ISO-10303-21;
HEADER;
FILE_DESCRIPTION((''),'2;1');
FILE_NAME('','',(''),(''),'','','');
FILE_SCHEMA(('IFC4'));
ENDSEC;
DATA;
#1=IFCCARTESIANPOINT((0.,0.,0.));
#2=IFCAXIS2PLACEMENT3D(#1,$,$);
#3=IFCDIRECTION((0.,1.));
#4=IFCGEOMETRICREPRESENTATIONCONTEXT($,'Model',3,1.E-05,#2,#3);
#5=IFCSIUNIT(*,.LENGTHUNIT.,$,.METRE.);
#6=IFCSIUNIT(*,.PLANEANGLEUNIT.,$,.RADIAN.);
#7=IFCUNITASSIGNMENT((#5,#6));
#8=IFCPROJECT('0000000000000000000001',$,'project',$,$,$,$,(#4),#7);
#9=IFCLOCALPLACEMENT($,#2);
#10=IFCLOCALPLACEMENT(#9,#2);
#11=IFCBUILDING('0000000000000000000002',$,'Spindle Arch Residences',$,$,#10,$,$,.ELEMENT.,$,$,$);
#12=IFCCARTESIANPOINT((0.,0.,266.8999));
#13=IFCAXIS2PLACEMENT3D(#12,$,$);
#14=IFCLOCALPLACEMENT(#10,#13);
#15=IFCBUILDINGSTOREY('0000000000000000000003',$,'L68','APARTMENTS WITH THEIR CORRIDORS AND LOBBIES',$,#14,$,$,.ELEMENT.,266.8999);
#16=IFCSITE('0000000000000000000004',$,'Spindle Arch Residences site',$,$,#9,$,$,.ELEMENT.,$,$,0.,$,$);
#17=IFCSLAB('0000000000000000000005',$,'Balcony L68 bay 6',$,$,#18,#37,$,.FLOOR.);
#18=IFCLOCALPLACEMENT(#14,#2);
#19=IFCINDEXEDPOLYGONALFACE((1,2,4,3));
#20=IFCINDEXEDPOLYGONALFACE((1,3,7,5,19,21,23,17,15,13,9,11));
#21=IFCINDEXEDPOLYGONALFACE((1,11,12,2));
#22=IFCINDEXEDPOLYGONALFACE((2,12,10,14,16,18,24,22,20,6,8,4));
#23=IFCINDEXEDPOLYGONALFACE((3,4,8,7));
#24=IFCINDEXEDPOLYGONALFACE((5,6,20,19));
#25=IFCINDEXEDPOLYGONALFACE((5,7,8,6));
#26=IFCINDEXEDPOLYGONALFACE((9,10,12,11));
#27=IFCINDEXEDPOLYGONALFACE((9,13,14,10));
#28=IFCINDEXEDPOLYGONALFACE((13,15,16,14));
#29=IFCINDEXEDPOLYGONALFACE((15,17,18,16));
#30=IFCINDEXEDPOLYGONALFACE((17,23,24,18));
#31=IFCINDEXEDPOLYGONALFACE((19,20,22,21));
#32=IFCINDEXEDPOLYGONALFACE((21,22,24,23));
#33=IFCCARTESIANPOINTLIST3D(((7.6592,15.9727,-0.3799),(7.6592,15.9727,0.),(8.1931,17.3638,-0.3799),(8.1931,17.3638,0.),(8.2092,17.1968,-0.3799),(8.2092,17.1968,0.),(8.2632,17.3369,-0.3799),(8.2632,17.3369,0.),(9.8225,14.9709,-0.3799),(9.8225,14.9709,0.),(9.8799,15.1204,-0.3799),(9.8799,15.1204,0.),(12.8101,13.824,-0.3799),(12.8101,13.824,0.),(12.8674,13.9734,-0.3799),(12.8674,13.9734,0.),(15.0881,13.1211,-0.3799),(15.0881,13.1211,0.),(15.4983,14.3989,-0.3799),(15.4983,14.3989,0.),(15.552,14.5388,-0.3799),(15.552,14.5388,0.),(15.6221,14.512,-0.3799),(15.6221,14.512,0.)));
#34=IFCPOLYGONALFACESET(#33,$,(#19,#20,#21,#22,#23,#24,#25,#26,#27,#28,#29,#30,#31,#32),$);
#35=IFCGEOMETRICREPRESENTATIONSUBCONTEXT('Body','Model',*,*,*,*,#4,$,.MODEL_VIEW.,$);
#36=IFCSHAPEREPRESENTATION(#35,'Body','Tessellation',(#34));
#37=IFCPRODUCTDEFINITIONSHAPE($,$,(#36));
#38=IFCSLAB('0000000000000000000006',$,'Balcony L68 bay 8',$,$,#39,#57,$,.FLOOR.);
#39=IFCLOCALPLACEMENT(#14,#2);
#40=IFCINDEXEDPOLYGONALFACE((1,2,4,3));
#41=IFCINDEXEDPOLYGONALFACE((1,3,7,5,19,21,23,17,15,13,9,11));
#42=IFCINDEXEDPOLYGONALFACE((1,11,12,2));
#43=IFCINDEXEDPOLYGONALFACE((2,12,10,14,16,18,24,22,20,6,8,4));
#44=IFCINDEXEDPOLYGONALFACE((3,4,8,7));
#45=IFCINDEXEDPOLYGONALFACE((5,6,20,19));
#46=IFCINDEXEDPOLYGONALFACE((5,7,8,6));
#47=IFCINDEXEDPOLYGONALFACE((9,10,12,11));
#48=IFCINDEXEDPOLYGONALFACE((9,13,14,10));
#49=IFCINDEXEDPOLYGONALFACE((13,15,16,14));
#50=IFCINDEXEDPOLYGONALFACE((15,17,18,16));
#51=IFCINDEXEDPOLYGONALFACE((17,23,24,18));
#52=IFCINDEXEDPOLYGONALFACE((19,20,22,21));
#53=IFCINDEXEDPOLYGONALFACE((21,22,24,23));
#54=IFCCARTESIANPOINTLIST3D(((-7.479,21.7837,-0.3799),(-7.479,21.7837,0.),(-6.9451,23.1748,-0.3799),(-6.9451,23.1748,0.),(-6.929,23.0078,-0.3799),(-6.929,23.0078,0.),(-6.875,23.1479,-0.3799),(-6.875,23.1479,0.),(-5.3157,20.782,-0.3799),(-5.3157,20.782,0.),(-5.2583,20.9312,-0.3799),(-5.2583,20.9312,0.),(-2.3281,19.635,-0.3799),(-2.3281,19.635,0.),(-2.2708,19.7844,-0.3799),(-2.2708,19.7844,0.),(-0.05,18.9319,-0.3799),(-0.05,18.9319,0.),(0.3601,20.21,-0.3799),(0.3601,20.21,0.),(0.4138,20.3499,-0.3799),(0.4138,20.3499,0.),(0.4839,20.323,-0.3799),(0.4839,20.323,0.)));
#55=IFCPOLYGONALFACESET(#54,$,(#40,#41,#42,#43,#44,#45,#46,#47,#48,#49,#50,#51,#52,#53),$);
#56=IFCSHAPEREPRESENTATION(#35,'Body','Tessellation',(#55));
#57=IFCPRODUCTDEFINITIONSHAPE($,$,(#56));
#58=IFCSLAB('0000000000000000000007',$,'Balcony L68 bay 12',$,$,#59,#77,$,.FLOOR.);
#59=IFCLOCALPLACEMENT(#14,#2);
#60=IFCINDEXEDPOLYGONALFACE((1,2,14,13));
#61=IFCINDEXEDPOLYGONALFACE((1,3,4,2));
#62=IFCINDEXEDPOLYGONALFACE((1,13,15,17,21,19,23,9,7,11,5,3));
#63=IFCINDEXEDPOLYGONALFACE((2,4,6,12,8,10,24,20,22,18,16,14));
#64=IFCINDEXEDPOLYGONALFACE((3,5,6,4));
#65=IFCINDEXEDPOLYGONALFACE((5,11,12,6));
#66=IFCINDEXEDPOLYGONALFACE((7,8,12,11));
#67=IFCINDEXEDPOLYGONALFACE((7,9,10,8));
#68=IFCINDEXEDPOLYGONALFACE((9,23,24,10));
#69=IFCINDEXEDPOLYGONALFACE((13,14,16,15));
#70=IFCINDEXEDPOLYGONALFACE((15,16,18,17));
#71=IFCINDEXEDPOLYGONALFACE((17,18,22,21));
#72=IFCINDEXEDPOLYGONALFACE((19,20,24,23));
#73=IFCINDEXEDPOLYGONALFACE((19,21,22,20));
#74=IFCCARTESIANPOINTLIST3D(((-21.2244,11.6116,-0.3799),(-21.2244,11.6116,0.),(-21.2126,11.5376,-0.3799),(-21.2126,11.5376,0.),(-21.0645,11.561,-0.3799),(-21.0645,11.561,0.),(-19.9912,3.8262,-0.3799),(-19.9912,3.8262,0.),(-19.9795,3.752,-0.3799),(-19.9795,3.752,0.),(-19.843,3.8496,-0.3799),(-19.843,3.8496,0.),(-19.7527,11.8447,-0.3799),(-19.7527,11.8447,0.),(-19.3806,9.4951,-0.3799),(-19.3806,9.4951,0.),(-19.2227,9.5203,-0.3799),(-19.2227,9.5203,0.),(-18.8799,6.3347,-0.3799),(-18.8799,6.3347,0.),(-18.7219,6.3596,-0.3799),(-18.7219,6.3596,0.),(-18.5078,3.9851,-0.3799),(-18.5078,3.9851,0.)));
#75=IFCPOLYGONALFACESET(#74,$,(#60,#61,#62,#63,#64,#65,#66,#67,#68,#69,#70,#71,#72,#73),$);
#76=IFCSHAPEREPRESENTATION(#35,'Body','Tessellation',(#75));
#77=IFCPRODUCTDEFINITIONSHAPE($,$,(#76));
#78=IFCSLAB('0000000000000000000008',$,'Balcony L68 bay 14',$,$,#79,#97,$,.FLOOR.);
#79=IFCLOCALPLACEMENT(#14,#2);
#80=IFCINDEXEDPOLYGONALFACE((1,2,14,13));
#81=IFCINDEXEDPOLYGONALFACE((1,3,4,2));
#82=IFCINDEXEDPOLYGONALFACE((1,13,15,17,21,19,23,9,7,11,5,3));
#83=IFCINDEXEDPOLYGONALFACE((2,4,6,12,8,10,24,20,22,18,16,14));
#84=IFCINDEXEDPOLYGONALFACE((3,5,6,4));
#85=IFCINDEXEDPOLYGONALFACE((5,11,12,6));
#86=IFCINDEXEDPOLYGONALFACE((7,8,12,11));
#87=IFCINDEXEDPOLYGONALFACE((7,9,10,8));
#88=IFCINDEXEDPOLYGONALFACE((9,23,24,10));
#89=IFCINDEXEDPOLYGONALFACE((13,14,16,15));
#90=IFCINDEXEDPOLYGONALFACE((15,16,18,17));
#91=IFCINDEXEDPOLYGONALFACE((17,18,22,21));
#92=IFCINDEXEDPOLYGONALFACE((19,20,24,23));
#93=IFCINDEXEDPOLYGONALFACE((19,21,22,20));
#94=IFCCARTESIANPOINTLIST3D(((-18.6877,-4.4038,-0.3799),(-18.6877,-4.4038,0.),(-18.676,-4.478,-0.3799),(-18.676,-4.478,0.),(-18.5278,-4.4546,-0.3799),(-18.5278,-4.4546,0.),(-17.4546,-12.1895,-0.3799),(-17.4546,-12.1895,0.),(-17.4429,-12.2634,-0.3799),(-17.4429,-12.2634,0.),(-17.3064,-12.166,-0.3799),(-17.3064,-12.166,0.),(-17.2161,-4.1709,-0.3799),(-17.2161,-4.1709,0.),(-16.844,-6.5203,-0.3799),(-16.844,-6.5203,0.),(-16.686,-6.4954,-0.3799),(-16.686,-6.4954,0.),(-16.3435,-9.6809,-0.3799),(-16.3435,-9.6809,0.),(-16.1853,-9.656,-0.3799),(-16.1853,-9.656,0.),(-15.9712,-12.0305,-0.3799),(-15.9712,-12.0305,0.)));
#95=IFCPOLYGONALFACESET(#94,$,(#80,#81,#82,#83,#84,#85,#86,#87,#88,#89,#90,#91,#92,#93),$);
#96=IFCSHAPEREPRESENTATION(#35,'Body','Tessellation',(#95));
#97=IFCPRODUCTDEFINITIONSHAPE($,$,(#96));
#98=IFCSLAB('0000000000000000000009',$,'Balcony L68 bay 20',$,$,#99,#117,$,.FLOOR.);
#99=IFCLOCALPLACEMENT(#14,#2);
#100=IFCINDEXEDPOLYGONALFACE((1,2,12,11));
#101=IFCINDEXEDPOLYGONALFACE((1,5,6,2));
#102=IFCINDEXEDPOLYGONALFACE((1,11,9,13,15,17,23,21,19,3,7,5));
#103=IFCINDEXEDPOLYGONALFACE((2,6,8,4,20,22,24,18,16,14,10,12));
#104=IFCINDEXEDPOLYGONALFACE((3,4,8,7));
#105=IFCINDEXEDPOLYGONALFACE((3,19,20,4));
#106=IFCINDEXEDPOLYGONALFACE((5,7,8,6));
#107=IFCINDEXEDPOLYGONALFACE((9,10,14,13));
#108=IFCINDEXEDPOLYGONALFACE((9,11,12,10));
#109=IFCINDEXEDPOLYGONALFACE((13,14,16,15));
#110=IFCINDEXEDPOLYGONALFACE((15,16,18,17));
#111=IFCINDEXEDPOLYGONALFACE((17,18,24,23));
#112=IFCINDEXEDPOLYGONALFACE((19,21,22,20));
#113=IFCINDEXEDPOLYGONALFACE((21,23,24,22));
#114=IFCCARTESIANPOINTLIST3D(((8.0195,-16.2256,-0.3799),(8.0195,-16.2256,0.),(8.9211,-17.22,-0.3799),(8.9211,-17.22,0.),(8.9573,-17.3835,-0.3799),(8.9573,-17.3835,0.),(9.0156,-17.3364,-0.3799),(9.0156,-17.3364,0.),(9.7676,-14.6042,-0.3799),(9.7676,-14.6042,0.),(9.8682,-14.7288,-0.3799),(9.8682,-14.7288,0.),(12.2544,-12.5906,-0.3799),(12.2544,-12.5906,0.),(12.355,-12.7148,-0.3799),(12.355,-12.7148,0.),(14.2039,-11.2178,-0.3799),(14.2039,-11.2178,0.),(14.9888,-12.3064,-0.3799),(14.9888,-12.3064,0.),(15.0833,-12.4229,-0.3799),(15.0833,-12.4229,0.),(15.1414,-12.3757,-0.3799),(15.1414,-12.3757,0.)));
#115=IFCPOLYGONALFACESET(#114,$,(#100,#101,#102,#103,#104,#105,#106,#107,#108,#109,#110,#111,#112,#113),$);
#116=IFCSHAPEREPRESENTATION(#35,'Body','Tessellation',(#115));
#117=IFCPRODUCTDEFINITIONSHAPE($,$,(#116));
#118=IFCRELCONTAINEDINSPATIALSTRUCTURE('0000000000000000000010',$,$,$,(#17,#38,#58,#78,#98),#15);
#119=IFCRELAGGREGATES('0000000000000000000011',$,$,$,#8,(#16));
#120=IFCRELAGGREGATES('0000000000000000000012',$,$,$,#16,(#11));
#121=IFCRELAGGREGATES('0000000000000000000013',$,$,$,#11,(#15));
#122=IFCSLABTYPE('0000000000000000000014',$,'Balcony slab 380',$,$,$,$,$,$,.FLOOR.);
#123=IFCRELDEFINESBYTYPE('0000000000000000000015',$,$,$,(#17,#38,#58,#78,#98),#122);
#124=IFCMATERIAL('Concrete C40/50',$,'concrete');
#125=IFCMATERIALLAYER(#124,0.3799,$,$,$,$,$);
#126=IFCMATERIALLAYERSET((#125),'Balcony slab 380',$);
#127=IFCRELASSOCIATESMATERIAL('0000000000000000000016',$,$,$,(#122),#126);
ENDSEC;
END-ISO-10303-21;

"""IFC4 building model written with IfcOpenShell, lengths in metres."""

from ifc_helpers import new_model, si_unit, direction, frame, origin, place, context, subcontext, project, spatial, polyline, outline, extrude, material, layer, layer_set, type_object, element, save


model = new_model("IFC4")

# Units and contexts
model_context = context("Model", 3, precision=1e-05, world=origin(), true_north=direction((0.0, 1.0)))
body_context = subcontext(model_context, "Body", "Model", "MODEL_VIEW")
ifc_project = project(units=[si_unit("LENGTHUNIT", "METRE"), si_unit("PLANEANGLEUNIT", "RADIAN")], contexts=[model_context])

# Site, building, storey
site_placement = place(None, origin())
site = spatial("IfcSite", under=ifc_project, at=site_placement, Name="Spindle Arch Residences site", CompositionType="ELEMENT", RefElevation=0.0)
building_placement = place(site_placement, origin())
building = spatial("IfcBuilding", under=site, at=building_placement, Name="Spindle Arch Residences", CompositionType="ELEMENT")
storey_placement = place(building_placement, frame((0.0, 0.0, 266.8999)))
storey = spatial("IfcBuildingStorey", under=building, at=storey_placement, Name="L68", Description="APARTMENTS WITH THEIR CORRIDORS AND LOBBIES", CompositionType="ELEMENT", Elevation=266.8999)

# Slabs
ifc_material_1 = material(Name="Concrete C40/50", Category="concrete")
ifc_layer_1 = layer(ifc_material_1, 0.3799)
ifc_layer_set_1 = layer_set([ifc_layer_1], Name="Balcony slab 380")
slab_type_1 = type_object("IfcSlabType", Name="Balcony slab 380", PredefinedType="FLOOR", material=ifc_layer_set_1)
slab_1_placement = place(storey_placement, frame((0.0, 0.0, -0.3799)))
element("IfcSlab", 1, at=slab_1_placement, inside=storey, type_object=slab_type_1, Name="Balcony L68 bay 6", PredefinedType="FLOOR", context=body_context, shape_type="SweptSolid", body=[
    extrude(outline(polyline([(15.6221, 14.512), (15.552, 14.5388), (15.4983, 14.3989), (8.2092, 17.1968), (8.2632, 17.3369), (8.1931, 17.3638), (7.6592, 15.9727), (9.8799, 15.1204), (9.8225, 14.9709), (12.8101, 13.824), (12.8674, 13.9734), (15.0881, 13.1211), (15.6221, 14.512)])), origin(), (0.0, 0.0, 1.0), 0.3799),
])
slab_2_placement = place(storey_placement, frame((0.0, 0.0, -0.3799)))
element("IfcSlab", 2, at=slab_2_placement, inside=storey, type_object=slab_type_1, Name="Balcony L68 bay 8", PredefinedType="FLOOR", context=body_context, shape_type="SweptSolid", body=[
    extrude(outline(polyline([(0.4839, 20.323), (0.4138, 20.3499), (0.3601, 20.21), (-6.929, 23.0078), (-6.875, 23.1479), (-6.9451, 23.1748), (-7.479, 21.7837), (-5.2583, 20.9312), (-5.3157, 20.782), (-2.3281, 19.635), (-2.2708, 19.7844), (-0.05, 18.9319), (0.4839, 20.323)])), origin(), (0.0, 0.0, 1.0), 0.3799),
])
slab_3_placement = place(storey_placement, frame((0.0, 0.0, -0.3799)))
element("IfcSlab", 3, at=slab_3_placement, inside=storey, type_object=slab_type_1, Name="Balcony L68 bay 12", PredefinedType="FLOOR", context=body_context, shape_type="SweptSolid", body=[
    extrude(outline(polyline([(-21.2244, 11.6116), (-21.2126, 11.5376), (-21.0645, 11.561), (-19.843, 3.8496), (-19.9912, 3.8262), (-19.9795, 3.752), (-18.5078, 3.9851), (-18.8799, 6.3347), (-18.7219, 6.3596), (-19.2227, 9.5203), (-19.3806, 9.4951), (-19.7527, 11.8447), (-21.2244, 11.6116)])), origin(), (0.0, 0.0, 1.0), 0.3799),
])
slab_4_placement = place(storey_placement, frame((0.0, 0.0, -0.3799)))
element("IfcSlab", 4, at=slab_4_placement, inside=storey, type_object=slab_type_1, Name="Balcony L68 bay 14", PredefinedType="FLOOR", context=body_context, shape_type="SweptSolid", body=[
    extrude(outline(polyline([(-18.6877, -4.4038), (-18.676, -4.478), (-18.5278, -4.4546), (-17.3064, -12.166), (-17.4546, -12.1895), (-17.4429, -12.2634), (-15.9712, -12.0305), (-16.3435, -9.6809), (-16.1853, -9.656), (-16.686, -6.4954), (-16.844, -6.5203), (-17.2161, -4.1709), (-18.6877, -4.4038)])), origin(), (0.0, 0.0, 1.0), 0.3799),
])
slab_5_placement = place(storey_placement, frame((0.0, 0.0, -0.3799)))
element("IfcSlab", 5, at=slab_5_placement, inside=storey, type_object=slab_type_1, Name="Balcony L68 bay 20", PredefinedType="FLOOR", context=body_context, shape_type="SweptSolid", body=[
    extrude(outline(polyline([(8.9573, -17.3835), (9.0156, -17.3364), (8.9211, -17.22), (14.9888, -12.3064), (15.0833, -12.4229), (15.1414, -12.3757), (14.2039, -11.2178), (12.355, -12.7148), (12.2544, -12.5906), (9.7676, -14.6042), (9.8682, -14.7288), (8.0195, -16.2256), (8.9573, -17.3835)])), origin(), (0.0, 0.0, 1.0), 0.3799),
])

save(model, "model.ifc")
